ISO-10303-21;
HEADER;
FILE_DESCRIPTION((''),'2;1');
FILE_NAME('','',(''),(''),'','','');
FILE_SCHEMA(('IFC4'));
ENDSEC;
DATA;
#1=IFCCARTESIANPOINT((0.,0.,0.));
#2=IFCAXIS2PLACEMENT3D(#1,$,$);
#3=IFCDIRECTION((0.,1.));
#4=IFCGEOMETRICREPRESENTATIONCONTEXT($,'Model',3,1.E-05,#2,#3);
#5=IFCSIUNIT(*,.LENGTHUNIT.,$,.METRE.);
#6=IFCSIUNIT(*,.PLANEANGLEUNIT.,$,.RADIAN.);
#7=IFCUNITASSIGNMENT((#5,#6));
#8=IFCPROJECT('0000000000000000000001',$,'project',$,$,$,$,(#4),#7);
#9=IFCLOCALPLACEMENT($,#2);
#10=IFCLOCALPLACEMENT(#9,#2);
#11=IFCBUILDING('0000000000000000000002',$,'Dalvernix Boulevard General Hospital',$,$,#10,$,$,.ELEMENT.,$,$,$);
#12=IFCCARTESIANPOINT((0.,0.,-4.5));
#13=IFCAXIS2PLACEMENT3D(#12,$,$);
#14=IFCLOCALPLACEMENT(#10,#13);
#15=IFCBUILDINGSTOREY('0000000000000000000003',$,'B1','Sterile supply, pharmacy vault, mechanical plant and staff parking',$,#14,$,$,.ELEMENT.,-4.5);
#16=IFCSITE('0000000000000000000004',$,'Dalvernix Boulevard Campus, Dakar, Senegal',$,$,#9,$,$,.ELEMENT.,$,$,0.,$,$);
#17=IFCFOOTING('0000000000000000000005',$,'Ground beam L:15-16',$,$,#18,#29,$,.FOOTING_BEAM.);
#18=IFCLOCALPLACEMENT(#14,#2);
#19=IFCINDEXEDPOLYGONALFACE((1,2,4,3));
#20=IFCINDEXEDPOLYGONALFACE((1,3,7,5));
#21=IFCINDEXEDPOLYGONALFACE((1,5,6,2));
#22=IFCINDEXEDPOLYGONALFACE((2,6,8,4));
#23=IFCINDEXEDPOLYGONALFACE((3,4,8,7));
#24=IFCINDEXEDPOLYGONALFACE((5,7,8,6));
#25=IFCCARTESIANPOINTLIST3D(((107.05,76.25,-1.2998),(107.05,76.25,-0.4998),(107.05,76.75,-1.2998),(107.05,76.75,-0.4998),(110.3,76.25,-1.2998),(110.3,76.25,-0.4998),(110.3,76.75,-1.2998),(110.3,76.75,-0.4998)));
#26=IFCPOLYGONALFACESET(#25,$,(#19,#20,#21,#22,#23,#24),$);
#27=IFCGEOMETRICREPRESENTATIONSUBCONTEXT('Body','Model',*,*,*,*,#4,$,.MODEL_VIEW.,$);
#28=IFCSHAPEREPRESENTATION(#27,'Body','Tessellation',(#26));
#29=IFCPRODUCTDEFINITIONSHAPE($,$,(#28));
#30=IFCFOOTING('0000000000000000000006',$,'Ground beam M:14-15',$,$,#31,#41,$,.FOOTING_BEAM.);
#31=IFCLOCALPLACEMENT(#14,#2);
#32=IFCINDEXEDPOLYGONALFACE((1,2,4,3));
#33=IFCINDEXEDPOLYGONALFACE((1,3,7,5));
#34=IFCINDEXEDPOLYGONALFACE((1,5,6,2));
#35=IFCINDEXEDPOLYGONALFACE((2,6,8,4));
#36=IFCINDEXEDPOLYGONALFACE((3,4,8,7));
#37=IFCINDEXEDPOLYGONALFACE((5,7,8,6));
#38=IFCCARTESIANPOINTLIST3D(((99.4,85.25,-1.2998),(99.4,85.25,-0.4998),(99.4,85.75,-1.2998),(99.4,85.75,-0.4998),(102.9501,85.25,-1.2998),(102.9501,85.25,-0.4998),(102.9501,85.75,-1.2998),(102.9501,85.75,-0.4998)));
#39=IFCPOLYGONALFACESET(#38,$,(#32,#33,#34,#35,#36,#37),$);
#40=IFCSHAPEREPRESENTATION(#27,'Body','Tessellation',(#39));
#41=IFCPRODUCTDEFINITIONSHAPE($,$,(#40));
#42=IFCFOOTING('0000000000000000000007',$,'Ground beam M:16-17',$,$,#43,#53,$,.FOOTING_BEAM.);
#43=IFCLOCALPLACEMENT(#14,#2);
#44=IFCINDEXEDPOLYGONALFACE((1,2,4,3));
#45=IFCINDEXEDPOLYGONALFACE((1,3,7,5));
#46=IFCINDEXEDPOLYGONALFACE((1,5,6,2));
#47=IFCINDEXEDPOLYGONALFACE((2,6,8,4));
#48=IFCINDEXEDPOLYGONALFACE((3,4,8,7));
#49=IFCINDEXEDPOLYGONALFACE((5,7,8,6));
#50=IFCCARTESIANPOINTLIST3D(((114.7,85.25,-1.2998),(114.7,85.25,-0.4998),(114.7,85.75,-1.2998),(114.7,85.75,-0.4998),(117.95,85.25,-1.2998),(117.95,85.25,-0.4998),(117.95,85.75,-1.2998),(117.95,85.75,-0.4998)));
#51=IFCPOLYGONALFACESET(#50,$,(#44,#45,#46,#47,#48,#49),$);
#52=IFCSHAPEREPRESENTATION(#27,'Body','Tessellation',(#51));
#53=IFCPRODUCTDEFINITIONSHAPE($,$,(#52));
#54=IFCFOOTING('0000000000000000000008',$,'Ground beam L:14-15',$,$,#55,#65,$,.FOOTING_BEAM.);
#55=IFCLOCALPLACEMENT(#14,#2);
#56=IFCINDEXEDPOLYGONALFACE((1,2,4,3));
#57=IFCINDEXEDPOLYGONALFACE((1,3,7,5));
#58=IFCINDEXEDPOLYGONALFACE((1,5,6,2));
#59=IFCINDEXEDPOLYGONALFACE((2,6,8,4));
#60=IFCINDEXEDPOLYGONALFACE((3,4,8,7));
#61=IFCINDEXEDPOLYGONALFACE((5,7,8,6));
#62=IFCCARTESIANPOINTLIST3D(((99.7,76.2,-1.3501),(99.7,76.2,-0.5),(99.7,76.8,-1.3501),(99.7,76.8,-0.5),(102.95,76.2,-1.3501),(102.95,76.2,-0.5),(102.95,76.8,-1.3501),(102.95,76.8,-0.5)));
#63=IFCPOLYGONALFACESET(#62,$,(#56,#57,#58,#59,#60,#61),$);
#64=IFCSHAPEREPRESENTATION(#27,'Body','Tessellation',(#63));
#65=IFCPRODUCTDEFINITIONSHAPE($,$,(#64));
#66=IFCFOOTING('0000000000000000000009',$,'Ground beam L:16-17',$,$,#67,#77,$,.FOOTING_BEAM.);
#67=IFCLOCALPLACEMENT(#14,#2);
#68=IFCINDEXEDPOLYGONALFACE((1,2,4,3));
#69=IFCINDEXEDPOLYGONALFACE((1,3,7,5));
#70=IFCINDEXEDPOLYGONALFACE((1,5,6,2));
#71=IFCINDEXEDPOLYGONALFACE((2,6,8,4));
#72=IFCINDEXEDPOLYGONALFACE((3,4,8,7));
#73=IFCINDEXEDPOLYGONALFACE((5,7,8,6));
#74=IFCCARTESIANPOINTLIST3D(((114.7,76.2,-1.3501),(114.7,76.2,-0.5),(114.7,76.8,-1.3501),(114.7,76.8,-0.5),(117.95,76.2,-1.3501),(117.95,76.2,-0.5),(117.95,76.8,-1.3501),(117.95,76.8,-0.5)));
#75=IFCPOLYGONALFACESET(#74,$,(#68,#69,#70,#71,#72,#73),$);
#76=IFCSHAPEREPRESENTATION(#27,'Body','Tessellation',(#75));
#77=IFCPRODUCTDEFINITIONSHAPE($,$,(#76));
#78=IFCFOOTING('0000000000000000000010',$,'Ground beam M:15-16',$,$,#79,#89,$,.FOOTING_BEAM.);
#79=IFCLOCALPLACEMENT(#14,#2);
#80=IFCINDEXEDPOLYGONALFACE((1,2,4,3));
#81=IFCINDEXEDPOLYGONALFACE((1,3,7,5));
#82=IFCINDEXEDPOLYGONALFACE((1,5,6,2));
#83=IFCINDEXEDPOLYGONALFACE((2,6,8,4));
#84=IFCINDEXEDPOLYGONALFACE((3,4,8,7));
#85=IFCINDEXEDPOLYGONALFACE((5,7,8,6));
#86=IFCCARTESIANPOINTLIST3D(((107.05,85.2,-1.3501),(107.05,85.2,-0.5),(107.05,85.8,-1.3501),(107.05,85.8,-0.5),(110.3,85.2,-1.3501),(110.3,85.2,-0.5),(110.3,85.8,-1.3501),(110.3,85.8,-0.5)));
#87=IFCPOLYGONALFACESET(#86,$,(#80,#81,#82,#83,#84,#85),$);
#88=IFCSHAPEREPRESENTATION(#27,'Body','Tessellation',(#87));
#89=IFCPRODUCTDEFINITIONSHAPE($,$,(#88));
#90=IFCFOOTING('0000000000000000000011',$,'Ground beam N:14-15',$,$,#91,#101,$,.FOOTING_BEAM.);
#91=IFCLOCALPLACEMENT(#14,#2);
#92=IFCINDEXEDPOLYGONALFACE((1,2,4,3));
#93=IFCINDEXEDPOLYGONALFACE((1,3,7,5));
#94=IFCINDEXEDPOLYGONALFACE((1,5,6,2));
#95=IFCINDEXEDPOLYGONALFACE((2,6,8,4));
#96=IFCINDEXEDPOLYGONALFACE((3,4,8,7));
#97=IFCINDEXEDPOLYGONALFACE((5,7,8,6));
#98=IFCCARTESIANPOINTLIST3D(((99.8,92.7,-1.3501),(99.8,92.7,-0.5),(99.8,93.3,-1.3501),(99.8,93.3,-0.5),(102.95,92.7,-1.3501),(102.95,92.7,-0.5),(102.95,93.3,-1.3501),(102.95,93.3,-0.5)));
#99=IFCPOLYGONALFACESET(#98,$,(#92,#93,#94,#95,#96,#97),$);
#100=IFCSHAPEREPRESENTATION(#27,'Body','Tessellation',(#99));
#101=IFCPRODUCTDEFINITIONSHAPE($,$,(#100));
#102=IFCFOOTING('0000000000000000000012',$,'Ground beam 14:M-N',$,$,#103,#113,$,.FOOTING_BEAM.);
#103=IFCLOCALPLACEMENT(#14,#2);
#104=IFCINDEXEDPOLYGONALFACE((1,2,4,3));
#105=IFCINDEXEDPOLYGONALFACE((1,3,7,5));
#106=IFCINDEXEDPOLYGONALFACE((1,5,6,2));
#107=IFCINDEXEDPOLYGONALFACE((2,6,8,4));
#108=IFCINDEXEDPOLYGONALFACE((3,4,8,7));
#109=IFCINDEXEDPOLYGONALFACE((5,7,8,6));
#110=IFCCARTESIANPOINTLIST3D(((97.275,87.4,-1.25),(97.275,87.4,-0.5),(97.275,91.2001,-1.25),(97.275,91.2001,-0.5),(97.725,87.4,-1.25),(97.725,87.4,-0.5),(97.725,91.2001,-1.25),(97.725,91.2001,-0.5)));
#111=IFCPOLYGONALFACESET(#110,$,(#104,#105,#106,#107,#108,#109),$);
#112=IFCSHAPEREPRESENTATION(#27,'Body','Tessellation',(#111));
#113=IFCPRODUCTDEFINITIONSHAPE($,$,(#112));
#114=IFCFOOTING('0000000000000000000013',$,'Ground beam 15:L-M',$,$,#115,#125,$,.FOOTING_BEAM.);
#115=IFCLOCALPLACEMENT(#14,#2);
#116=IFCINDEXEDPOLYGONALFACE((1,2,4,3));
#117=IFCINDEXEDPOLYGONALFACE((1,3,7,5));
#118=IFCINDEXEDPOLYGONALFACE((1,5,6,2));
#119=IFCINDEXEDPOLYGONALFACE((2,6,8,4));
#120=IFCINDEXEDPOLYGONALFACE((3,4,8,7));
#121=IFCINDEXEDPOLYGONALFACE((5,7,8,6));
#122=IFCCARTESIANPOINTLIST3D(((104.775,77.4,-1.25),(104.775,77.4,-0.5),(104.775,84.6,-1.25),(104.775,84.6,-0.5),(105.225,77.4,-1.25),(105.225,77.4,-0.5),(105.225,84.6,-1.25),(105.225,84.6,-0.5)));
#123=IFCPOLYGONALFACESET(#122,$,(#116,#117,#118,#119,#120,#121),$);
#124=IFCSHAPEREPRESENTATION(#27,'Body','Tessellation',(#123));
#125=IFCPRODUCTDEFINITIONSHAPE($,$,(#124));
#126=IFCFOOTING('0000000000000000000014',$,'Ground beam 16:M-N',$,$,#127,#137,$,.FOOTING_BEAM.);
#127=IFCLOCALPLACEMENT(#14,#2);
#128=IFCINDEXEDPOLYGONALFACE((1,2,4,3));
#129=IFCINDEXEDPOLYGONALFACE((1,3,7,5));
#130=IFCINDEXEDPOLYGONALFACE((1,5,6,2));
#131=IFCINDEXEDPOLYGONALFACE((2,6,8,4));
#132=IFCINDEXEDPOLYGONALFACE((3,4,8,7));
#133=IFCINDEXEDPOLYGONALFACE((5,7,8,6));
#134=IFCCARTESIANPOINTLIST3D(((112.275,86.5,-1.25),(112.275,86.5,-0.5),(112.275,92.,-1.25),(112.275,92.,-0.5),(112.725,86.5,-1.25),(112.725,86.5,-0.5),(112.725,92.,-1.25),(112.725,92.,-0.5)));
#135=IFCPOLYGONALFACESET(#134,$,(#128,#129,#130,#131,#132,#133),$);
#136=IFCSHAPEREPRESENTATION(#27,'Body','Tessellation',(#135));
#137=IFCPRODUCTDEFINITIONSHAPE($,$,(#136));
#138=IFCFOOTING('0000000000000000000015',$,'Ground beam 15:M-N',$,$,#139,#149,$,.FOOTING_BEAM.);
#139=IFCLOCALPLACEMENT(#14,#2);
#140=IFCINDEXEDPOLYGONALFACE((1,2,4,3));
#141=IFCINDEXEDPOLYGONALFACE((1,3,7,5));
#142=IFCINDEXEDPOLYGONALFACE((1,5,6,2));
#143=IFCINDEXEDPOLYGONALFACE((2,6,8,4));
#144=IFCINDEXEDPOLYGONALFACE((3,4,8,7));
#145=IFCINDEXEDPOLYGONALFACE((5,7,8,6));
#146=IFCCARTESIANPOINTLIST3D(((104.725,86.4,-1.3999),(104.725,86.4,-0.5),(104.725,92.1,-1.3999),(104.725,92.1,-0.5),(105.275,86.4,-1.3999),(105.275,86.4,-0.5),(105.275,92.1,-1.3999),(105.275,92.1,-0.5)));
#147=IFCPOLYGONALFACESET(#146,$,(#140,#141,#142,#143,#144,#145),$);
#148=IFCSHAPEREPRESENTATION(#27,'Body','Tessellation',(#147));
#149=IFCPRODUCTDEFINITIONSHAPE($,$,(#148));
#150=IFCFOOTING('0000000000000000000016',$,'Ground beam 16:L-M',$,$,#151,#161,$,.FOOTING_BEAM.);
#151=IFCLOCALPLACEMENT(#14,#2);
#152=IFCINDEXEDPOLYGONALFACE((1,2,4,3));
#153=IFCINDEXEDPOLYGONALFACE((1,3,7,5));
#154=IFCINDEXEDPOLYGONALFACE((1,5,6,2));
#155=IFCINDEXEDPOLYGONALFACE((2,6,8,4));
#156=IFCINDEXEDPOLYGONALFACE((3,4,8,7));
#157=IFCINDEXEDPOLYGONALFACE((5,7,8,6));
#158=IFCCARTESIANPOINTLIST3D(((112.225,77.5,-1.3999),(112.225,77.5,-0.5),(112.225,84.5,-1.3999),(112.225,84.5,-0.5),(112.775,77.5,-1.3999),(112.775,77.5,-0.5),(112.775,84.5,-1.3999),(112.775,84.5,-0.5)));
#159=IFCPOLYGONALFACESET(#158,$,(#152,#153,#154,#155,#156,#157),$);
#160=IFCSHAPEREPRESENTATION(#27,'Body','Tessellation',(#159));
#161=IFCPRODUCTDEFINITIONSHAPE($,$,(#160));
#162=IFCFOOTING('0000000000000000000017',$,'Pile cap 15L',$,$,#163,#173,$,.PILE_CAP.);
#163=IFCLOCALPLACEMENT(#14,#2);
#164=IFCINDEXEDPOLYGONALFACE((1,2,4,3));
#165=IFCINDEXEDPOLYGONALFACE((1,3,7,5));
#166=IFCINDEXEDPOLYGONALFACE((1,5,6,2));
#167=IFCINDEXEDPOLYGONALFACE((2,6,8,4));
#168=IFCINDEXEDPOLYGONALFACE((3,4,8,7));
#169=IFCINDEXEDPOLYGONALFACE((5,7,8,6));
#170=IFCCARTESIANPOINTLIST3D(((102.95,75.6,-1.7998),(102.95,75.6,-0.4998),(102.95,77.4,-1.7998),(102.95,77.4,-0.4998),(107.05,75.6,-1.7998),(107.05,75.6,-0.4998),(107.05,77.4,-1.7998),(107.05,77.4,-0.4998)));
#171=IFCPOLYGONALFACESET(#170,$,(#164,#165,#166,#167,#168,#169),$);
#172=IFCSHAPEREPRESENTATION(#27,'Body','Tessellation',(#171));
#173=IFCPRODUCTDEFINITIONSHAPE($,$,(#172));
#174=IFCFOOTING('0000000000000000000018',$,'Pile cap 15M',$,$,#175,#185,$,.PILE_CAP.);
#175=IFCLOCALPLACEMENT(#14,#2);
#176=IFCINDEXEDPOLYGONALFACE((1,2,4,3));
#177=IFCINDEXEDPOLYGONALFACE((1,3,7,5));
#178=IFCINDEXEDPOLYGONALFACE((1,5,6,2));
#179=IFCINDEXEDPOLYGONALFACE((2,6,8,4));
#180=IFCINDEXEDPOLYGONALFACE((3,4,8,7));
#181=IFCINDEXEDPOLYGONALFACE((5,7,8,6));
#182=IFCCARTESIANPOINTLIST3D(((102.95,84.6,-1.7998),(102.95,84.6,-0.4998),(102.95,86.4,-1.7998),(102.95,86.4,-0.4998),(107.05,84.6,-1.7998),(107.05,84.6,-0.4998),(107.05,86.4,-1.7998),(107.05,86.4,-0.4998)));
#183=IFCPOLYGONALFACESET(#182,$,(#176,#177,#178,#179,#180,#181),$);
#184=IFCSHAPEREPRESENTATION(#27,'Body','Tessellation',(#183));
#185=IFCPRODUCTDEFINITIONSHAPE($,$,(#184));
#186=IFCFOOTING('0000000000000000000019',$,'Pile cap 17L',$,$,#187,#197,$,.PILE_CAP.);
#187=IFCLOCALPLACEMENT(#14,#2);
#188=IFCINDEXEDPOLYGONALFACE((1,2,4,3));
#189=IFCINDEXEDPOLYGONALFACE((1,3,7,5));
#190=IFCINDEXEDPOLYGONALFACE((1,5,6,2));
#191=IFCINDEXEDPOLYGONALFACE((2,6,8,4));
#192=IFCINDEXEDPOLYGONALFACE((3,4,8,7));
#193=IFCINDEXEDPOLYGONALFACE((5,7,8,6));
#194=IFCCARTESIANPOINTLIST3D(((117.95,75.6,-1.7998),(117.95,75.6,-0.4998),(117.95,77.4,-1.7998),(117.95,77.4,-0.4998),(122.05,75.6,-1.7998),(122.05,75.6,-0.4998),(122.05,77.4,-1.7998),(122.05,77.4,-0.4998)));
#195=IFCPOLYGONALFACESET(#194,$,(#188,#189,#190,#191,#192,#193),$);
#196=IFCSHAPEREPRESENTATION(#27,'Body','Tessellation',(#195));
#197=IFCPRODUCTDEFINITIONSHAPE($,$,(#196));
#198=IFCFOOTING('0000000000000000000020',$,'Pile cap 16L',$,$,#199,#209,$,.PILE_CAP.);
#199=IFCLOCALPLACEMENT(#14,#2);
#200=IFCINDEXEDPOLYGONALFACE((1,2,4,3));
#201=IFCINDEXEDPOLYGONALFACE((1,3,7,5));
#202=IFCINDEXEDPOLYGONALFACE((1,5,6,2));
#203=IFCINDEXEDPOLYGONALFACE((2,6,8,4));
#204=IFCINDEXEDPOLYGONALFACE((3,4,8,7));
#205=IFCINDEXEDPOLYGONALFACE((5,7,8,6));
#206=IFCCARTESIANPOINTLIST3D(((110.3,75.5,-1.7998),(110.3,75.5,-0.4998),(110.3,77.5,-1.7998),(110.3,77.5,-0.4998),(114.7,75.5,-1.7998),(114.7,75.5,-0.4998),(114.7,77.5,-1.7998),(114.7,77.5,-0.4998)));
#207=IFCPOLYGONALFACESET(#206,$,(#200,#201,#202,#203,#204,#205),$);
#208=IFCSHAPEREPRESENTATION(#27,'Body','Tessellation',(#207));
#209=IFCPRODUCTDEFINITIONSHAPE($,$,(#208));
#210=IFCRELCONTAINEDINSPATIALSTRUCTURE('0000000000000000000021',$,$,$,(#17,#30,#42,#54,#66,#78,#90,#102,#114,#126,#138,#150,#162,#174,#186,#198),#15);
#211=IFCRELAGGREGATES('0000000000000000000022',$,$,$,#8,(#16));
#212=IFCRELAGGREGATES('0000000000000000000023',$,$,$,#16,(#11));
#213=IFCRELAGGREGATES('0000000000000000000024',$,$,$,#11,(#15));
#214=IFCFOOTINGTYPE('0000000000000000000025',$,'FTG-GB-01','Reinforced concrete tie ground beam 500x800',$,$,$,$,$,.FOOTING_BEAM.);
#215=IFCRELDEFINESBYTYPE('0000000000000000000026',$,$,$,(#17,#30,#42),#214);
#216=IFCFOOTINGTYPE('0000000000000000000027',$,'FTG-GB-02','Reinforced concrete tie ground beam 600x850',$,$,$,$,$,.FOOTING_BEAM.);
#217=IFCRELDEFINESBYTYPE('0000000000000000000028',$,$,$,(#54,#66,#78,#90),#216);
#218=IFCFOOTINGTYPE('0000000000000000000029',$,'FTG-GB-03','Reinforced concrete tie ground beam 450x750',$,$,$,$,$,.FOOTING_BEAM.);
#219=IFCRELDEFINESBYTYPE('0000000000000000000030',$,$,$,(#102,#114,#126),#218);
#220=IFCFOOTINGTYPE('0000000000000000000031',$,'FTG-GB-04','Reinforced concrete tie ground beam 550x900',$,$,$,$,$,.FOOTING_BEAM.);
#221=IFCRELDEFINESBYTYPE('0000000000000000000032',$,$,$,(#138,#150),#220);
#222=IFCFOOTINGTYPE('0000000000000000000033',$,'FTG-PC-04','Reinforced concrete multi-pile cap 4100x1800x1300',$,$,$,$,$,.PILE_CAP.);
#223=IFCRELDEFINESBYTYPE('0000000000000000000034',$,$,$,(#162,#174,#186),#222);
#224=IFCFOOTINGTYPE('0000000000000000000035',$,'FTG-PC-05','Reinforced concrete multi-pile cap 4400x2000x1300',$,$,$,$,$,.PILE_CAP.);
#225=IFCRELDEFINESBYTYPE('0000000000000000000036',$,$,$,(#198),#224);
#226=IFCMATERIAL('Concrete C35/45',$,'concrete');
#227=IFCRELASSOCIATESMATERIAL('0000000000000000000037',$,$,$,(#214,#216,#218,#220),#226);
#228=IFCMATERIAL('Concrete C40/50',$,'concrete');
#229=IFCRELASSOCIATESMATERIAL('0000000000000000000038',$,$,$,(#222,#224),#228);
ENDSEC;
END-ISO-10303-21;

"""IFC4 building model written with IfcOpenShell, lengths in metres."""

from ifc_helpers import new_model, si_unit, direction, frame, origin, origin_2d, place, context, subcontext, project, spatial, rectangle, extrude, material, type_object, element, save


model = new_model("IFC4")

# Units and contexts
model_context = context("Model", 3, precision=1e-05, world=origin(), true_north=direction((0.0, 1.0)))
body_context = subcontext(model_context, "Body", "Model", "MODEL_VIEW")
ifc_project = project(units=[si_unit("LENGTHUNIT", "METRE"), si_unit("PLANEANGLEUNIT", "RADIAN")], contexts=[model_context])

# Site, building, storey
site_placement = place(None, origin())
site = spatial("IfcSite", under=ifc_project, at=site_placement, Name="Dalvernix Boulevard Campus, Dakar, Senegal", CompositionType="ELEMENT", RefElevation=0.0)
building_placement = place(site_placement, origin())
building = spatial("IfcBuilding", under=site, at=building_placement, Name="Dalvernix Boulevard General Hospital", CompositionType="ELEMENT")
storey_placement = place(building_placement, frame((0.0, 0.0, -4.5)))
storey = spatial("IfcBuildingStorey", under=building, at=storey_placement, Name="B1", Description="Sterile supply, pharmacy vault, mechanical plant and staff parking", CompositionType="ELEMENT", Elevation=-4.5)

# Footings
ifc_material_1 = material(Name="Concrete C35/45", Category="concrete")
footing_type_1 = type_object("IfcFootingType", Name="FTG-GB-01", Description="Reinforced concrete tie ground beam 500x800", PredefinedType="FOOTING_BEAM", material=ifc_material_1)
footing_1_placement = place(storey_placement, frame((108.675, 76.5, -1.2998), z_axis=(0.0, 0.0, 1.0), x_axis=(1.0, 0.0, 0.0)))
element("IfcFooting", 1, at=footing_1_placement, inside=storey, type_object=footing_type_1, Name="Ground beam L:15-16", PredefinedType="FOOTING_BEAM", context=body_context, shape_type="SweptSolid", body=[
    extrude(rectangle(XDim=3.25, YDim=0.5, at=origin_2d()), origin(), (0.0, 0.0, 1.0), 0.8),
])
footing_2_placement = place(storey_placement, frame((101.175, 85.5, -1.2998), z_axis=(0.0, 0.0, 1.0), x_axis=(1.0, 0.0, 0.0)))
element("IfcFooting", 2, at=footing_2_placement, inside=storey, type_object=footing_type_1, Name="Ground beam M:14-15", PredefinedType="FOOTING_BEAM", context=body_context, shape_type="SweptSolid", body=[
    extrude(rectangle(XDim=3.55, YDim=0.5, at=origin_2d()), origin(), (0.0, 0.0, 1.0), 0.8),
])
footing_3_placement = place(storey_placement, frame((116.325, 85.5, -1.2998), z_axis=(0.0, 0.0, 1.0), x_axis=(1.0, 0.0, 0.0)))
element("IfcFooting", 3, at=footing_3_placement, inside=storey, type_object=footing_type_1, Name="Ground beam M:16-17", PredefinedType="FOOTING_BEAM", context=body_context, shape_type="SweptSolid", body=[
    extrude(rectangle(XDim=3.25, YDim=0.5, at=origin_2d()), origin(), (0.0, 0.0, 1.0), 0.8),
])
footing_type_2 = type_object("IfcFootingType", Name="FTG-GB-02", Description="Reinforced concrete tie ground beam 600x850", PredefinedType="FOOTING_BEAM", material=ifc_material_1)
for number, where, z_axis, x_axis, name in (
    (4, (101.325, 76.5, -1.3501), (0.0, 0.0, 1.0), (1.0, 0.0, 0.0), "Ground beam L:14-15"),
    (5, (116.325, 76.5, -1.3501), (0.0, 0.0, 1.0), (1.0, 0.0, 0.0), "Ground beam L:16-17"),
    (6, (108.675, 85.5, -1.3501), (0.0, 0.0, 1.0), (1.0, 0.0, 0.0), "Ground beam M:15-16"),
):
    element("IfcFooting", number, at=place(storey_placement, frame(where, z_axis=z_axis, x_axis=x_axis)), inside=storey, type_object=footing_type_2, Name=name, PredefinedType="FOOTING_BEAM", context=body_context, shape_type="SweptSolid", body=[
        extrude(rectangle(XDim=3.25, YDim=0.6001, at=origin_2d()), origin(), (0.0, 0.0, 1.0), 0.8501),
    ])
footing_4_placement = place(storey_placement, frame((101.375, 93.0, -1.3501), z_axis=(0.0, 0.0, 1.0), x_axis=(1.0, 0.0, 0.0)))
element("IfcFooting", 7, at=footing_4_placement, inside=storey, type_object=footing_type_2, Name="Ground beam N:14-15", PredefinedType="FOOTING_BEAM", context=body_context, shape_type="SweptSolid", body=[
    extrude(rectangle(XDim=3.1499, YDim=0.6001, at=origin_2d()), origin(), (0.0, 0.0, 1.0), 0.8501),
])
footing_type_3 = type_object("IfcFootingType", Name="FTG-GB-03", Description="Reinforced concrete tie ground beam 450x750", PredefinedType="FOOTING_BEAM", material=ifc_material_1)
footing_5_placement = place(storey_placement, frame((97.5, 89.3, -1.25), z_axis=(0.0, 0.0, 1.0), x_axis=(0.0, 1.0, 0.0)))
element("IfcFooting", 8, at=footing_5_placement, inside=storey, type_object=footing_type_3, Name="Ground beam 14:M-N", PredefinedType="FOOTING_BEAM", context=body_context, shape_type="SweptSolid", body=[
    extrude(rectangle(XDim=3.8, YDim=0.45, at=origin_2d()), origin(), (0.0, 0.0, 1.0), 0.75),
])
footing_6_placement = place(storey_placement, frame((105.0, 81.0, -1.25), z_axis=(0.0, 0.0, 1.0), x_axis=(0.0, 1.0, 0.0)))
element("IfcFooting", 9, at=footing_6_placement, inside=storey, type_object=footing_type_3, Name="Ground beam 15:L-M", PredefinedType="FOOTING_BEAM", context=body_context, shape_type="SweptSolid", body=[
    extrude(rectangle(XDim=7.2, YDim=0.45, at=origin_2d()), origin(), (0.0, 0.0, 1.0), 0.75),
])
footing_7_placement = place(storey_placement, frame((112.5, 89.25, -1.25), z_axis=(0.0, 0.0, 1.0), x_axis=(0.0, 1.0, 0.0)))
element("IfcFooting", 10, at=footing_7_placement, inside=storey, type_object=footing_type_3, Name="Ground beam 16:M-N", PredefinedType="FOOTING_BEAM", context=body_context, shape_type="SweptSolid", body=[
    extrude(rectangle(XDim=5.5, YDim=0.45, at=origin_2d()), origin(), (0.0, 0.0, 1.0), 0.75),
])
footing_type_4 = type_object("IfcFootingType", Name="FTG-GB-04", Description="Reinforced concrete tie ground beam 550x900", PredefinedType="FOOTING_BEAM", material=ifc_material_1)
footing_8_placement = place(storey_placement, frame((105.0, 89.25, -1.3999), z_axis=(0.0, 0.0, 1.0), x_axis=(0.0, 1.0, 0.0)))
element("IfcFooting", 11, at=footing_8_placement, inside=storey, type_object=footing_type_4, Name="Ground beam 15:M-N", PredefinedType="FOOTING_BEAM", context=body_context, shape_type="SweptSolid", body=[
    extrude(rectangle(XDim=5.7, YDim=0.55, at=origin_2d()), origin(), (0.0, 0.0, 1.0), 0.8999),
])
footing_9_placement = place(storey_placement, frame((112.5, 81.0, -1.3999), z_axis=(0.0, 0.0, 1.0), x_axis=(0.0, 1.0, 0.0)))
element("IfcFooting", 12, at=footing_9_placement, inside=storey, type_object=footing_type_4, Name="Ground beam 16:L-M", PredefinedType="FOOTING_BEAM", context=body_context, shape_type="SweptSolid", body=[
    extrude(rectangle(XDim=7.0, YDim=0.55, at=origin_2d()), origin(), (0.0, 0.0, 1.0), 0.8999),
])
ifc_material_2 = material(Name="Concrete C40/50", Category="concrete")
footing_type_5 = type_object("IfcFootingType", Name="FTG-PC-04", Description="Reinforced concrete multi-pile cap 4100x1800x1300", PredefinedType="PILE_CAP", material=ifc_material_2)
for number, where, z_axis, x_axis, name in (
    (13, (105.0, 76.5, -1.7998), (0.0, 0.0, 1.0), (1.0, 0.0, 0.0), "Pile cap 15L"),
    (14, (105.0, 85.5, -1.7998), (0.0, 0.0, 1.0), (1.0, 0.0, 0.0), "Pile cap 15M"),
    (15, (120.0, 76.5, -1.7998), (0.0, 0.0, 1.0), (1.0, 0.0, 0.0), "Pile cap 17L"),
):
    element("IfcFooting", number, at=place(storey_placement, frame(where, z_axis=z_axis, x_axis=x_axis)), inside=storey, type_object=footing_type_5, Name=name, PredefinedType="PILE_CAP", context=body_context, shape_type="SweptSolid", body=[
        extrude(rectangle(XDim=4.1001, YDim=1.8, at=origin_2d()), origin(), (0.0, 0.0, 1.0), 1.3),
    ])
footing_type_6 = type_object("IfcFootingType", Name="FTG-PC-05", Description="Reinforced concrete multi-pile cap 4400x2000x1300", PredefinedType="PILE_CAP", material=ifc_material_2)
for number, where, z_axis, x_axis, name in (
    (16, (112.5, 76.5, -1.7998), (0.0, 0.0, 1.0), (1.0, 0.0, 0.0), "Pile cap 16L"),
):
    element("IfcFooting", number, at=place(storey_placement, frame(where, z_axis=z_axis, x_axis=x_axis)), inside=storey, type_object=footing_type_6, Name=name, PredefinedType="PILE_CAP", context=body_context, shape_type="SweptSolid", body=[
        extrude(rectangle(XDim=4.3999, YDim=2.0, at=origin_2d()), origin(), (0.0, 0.0, 1.0), 1.3),
    ])

save(model, "model.ifc")
